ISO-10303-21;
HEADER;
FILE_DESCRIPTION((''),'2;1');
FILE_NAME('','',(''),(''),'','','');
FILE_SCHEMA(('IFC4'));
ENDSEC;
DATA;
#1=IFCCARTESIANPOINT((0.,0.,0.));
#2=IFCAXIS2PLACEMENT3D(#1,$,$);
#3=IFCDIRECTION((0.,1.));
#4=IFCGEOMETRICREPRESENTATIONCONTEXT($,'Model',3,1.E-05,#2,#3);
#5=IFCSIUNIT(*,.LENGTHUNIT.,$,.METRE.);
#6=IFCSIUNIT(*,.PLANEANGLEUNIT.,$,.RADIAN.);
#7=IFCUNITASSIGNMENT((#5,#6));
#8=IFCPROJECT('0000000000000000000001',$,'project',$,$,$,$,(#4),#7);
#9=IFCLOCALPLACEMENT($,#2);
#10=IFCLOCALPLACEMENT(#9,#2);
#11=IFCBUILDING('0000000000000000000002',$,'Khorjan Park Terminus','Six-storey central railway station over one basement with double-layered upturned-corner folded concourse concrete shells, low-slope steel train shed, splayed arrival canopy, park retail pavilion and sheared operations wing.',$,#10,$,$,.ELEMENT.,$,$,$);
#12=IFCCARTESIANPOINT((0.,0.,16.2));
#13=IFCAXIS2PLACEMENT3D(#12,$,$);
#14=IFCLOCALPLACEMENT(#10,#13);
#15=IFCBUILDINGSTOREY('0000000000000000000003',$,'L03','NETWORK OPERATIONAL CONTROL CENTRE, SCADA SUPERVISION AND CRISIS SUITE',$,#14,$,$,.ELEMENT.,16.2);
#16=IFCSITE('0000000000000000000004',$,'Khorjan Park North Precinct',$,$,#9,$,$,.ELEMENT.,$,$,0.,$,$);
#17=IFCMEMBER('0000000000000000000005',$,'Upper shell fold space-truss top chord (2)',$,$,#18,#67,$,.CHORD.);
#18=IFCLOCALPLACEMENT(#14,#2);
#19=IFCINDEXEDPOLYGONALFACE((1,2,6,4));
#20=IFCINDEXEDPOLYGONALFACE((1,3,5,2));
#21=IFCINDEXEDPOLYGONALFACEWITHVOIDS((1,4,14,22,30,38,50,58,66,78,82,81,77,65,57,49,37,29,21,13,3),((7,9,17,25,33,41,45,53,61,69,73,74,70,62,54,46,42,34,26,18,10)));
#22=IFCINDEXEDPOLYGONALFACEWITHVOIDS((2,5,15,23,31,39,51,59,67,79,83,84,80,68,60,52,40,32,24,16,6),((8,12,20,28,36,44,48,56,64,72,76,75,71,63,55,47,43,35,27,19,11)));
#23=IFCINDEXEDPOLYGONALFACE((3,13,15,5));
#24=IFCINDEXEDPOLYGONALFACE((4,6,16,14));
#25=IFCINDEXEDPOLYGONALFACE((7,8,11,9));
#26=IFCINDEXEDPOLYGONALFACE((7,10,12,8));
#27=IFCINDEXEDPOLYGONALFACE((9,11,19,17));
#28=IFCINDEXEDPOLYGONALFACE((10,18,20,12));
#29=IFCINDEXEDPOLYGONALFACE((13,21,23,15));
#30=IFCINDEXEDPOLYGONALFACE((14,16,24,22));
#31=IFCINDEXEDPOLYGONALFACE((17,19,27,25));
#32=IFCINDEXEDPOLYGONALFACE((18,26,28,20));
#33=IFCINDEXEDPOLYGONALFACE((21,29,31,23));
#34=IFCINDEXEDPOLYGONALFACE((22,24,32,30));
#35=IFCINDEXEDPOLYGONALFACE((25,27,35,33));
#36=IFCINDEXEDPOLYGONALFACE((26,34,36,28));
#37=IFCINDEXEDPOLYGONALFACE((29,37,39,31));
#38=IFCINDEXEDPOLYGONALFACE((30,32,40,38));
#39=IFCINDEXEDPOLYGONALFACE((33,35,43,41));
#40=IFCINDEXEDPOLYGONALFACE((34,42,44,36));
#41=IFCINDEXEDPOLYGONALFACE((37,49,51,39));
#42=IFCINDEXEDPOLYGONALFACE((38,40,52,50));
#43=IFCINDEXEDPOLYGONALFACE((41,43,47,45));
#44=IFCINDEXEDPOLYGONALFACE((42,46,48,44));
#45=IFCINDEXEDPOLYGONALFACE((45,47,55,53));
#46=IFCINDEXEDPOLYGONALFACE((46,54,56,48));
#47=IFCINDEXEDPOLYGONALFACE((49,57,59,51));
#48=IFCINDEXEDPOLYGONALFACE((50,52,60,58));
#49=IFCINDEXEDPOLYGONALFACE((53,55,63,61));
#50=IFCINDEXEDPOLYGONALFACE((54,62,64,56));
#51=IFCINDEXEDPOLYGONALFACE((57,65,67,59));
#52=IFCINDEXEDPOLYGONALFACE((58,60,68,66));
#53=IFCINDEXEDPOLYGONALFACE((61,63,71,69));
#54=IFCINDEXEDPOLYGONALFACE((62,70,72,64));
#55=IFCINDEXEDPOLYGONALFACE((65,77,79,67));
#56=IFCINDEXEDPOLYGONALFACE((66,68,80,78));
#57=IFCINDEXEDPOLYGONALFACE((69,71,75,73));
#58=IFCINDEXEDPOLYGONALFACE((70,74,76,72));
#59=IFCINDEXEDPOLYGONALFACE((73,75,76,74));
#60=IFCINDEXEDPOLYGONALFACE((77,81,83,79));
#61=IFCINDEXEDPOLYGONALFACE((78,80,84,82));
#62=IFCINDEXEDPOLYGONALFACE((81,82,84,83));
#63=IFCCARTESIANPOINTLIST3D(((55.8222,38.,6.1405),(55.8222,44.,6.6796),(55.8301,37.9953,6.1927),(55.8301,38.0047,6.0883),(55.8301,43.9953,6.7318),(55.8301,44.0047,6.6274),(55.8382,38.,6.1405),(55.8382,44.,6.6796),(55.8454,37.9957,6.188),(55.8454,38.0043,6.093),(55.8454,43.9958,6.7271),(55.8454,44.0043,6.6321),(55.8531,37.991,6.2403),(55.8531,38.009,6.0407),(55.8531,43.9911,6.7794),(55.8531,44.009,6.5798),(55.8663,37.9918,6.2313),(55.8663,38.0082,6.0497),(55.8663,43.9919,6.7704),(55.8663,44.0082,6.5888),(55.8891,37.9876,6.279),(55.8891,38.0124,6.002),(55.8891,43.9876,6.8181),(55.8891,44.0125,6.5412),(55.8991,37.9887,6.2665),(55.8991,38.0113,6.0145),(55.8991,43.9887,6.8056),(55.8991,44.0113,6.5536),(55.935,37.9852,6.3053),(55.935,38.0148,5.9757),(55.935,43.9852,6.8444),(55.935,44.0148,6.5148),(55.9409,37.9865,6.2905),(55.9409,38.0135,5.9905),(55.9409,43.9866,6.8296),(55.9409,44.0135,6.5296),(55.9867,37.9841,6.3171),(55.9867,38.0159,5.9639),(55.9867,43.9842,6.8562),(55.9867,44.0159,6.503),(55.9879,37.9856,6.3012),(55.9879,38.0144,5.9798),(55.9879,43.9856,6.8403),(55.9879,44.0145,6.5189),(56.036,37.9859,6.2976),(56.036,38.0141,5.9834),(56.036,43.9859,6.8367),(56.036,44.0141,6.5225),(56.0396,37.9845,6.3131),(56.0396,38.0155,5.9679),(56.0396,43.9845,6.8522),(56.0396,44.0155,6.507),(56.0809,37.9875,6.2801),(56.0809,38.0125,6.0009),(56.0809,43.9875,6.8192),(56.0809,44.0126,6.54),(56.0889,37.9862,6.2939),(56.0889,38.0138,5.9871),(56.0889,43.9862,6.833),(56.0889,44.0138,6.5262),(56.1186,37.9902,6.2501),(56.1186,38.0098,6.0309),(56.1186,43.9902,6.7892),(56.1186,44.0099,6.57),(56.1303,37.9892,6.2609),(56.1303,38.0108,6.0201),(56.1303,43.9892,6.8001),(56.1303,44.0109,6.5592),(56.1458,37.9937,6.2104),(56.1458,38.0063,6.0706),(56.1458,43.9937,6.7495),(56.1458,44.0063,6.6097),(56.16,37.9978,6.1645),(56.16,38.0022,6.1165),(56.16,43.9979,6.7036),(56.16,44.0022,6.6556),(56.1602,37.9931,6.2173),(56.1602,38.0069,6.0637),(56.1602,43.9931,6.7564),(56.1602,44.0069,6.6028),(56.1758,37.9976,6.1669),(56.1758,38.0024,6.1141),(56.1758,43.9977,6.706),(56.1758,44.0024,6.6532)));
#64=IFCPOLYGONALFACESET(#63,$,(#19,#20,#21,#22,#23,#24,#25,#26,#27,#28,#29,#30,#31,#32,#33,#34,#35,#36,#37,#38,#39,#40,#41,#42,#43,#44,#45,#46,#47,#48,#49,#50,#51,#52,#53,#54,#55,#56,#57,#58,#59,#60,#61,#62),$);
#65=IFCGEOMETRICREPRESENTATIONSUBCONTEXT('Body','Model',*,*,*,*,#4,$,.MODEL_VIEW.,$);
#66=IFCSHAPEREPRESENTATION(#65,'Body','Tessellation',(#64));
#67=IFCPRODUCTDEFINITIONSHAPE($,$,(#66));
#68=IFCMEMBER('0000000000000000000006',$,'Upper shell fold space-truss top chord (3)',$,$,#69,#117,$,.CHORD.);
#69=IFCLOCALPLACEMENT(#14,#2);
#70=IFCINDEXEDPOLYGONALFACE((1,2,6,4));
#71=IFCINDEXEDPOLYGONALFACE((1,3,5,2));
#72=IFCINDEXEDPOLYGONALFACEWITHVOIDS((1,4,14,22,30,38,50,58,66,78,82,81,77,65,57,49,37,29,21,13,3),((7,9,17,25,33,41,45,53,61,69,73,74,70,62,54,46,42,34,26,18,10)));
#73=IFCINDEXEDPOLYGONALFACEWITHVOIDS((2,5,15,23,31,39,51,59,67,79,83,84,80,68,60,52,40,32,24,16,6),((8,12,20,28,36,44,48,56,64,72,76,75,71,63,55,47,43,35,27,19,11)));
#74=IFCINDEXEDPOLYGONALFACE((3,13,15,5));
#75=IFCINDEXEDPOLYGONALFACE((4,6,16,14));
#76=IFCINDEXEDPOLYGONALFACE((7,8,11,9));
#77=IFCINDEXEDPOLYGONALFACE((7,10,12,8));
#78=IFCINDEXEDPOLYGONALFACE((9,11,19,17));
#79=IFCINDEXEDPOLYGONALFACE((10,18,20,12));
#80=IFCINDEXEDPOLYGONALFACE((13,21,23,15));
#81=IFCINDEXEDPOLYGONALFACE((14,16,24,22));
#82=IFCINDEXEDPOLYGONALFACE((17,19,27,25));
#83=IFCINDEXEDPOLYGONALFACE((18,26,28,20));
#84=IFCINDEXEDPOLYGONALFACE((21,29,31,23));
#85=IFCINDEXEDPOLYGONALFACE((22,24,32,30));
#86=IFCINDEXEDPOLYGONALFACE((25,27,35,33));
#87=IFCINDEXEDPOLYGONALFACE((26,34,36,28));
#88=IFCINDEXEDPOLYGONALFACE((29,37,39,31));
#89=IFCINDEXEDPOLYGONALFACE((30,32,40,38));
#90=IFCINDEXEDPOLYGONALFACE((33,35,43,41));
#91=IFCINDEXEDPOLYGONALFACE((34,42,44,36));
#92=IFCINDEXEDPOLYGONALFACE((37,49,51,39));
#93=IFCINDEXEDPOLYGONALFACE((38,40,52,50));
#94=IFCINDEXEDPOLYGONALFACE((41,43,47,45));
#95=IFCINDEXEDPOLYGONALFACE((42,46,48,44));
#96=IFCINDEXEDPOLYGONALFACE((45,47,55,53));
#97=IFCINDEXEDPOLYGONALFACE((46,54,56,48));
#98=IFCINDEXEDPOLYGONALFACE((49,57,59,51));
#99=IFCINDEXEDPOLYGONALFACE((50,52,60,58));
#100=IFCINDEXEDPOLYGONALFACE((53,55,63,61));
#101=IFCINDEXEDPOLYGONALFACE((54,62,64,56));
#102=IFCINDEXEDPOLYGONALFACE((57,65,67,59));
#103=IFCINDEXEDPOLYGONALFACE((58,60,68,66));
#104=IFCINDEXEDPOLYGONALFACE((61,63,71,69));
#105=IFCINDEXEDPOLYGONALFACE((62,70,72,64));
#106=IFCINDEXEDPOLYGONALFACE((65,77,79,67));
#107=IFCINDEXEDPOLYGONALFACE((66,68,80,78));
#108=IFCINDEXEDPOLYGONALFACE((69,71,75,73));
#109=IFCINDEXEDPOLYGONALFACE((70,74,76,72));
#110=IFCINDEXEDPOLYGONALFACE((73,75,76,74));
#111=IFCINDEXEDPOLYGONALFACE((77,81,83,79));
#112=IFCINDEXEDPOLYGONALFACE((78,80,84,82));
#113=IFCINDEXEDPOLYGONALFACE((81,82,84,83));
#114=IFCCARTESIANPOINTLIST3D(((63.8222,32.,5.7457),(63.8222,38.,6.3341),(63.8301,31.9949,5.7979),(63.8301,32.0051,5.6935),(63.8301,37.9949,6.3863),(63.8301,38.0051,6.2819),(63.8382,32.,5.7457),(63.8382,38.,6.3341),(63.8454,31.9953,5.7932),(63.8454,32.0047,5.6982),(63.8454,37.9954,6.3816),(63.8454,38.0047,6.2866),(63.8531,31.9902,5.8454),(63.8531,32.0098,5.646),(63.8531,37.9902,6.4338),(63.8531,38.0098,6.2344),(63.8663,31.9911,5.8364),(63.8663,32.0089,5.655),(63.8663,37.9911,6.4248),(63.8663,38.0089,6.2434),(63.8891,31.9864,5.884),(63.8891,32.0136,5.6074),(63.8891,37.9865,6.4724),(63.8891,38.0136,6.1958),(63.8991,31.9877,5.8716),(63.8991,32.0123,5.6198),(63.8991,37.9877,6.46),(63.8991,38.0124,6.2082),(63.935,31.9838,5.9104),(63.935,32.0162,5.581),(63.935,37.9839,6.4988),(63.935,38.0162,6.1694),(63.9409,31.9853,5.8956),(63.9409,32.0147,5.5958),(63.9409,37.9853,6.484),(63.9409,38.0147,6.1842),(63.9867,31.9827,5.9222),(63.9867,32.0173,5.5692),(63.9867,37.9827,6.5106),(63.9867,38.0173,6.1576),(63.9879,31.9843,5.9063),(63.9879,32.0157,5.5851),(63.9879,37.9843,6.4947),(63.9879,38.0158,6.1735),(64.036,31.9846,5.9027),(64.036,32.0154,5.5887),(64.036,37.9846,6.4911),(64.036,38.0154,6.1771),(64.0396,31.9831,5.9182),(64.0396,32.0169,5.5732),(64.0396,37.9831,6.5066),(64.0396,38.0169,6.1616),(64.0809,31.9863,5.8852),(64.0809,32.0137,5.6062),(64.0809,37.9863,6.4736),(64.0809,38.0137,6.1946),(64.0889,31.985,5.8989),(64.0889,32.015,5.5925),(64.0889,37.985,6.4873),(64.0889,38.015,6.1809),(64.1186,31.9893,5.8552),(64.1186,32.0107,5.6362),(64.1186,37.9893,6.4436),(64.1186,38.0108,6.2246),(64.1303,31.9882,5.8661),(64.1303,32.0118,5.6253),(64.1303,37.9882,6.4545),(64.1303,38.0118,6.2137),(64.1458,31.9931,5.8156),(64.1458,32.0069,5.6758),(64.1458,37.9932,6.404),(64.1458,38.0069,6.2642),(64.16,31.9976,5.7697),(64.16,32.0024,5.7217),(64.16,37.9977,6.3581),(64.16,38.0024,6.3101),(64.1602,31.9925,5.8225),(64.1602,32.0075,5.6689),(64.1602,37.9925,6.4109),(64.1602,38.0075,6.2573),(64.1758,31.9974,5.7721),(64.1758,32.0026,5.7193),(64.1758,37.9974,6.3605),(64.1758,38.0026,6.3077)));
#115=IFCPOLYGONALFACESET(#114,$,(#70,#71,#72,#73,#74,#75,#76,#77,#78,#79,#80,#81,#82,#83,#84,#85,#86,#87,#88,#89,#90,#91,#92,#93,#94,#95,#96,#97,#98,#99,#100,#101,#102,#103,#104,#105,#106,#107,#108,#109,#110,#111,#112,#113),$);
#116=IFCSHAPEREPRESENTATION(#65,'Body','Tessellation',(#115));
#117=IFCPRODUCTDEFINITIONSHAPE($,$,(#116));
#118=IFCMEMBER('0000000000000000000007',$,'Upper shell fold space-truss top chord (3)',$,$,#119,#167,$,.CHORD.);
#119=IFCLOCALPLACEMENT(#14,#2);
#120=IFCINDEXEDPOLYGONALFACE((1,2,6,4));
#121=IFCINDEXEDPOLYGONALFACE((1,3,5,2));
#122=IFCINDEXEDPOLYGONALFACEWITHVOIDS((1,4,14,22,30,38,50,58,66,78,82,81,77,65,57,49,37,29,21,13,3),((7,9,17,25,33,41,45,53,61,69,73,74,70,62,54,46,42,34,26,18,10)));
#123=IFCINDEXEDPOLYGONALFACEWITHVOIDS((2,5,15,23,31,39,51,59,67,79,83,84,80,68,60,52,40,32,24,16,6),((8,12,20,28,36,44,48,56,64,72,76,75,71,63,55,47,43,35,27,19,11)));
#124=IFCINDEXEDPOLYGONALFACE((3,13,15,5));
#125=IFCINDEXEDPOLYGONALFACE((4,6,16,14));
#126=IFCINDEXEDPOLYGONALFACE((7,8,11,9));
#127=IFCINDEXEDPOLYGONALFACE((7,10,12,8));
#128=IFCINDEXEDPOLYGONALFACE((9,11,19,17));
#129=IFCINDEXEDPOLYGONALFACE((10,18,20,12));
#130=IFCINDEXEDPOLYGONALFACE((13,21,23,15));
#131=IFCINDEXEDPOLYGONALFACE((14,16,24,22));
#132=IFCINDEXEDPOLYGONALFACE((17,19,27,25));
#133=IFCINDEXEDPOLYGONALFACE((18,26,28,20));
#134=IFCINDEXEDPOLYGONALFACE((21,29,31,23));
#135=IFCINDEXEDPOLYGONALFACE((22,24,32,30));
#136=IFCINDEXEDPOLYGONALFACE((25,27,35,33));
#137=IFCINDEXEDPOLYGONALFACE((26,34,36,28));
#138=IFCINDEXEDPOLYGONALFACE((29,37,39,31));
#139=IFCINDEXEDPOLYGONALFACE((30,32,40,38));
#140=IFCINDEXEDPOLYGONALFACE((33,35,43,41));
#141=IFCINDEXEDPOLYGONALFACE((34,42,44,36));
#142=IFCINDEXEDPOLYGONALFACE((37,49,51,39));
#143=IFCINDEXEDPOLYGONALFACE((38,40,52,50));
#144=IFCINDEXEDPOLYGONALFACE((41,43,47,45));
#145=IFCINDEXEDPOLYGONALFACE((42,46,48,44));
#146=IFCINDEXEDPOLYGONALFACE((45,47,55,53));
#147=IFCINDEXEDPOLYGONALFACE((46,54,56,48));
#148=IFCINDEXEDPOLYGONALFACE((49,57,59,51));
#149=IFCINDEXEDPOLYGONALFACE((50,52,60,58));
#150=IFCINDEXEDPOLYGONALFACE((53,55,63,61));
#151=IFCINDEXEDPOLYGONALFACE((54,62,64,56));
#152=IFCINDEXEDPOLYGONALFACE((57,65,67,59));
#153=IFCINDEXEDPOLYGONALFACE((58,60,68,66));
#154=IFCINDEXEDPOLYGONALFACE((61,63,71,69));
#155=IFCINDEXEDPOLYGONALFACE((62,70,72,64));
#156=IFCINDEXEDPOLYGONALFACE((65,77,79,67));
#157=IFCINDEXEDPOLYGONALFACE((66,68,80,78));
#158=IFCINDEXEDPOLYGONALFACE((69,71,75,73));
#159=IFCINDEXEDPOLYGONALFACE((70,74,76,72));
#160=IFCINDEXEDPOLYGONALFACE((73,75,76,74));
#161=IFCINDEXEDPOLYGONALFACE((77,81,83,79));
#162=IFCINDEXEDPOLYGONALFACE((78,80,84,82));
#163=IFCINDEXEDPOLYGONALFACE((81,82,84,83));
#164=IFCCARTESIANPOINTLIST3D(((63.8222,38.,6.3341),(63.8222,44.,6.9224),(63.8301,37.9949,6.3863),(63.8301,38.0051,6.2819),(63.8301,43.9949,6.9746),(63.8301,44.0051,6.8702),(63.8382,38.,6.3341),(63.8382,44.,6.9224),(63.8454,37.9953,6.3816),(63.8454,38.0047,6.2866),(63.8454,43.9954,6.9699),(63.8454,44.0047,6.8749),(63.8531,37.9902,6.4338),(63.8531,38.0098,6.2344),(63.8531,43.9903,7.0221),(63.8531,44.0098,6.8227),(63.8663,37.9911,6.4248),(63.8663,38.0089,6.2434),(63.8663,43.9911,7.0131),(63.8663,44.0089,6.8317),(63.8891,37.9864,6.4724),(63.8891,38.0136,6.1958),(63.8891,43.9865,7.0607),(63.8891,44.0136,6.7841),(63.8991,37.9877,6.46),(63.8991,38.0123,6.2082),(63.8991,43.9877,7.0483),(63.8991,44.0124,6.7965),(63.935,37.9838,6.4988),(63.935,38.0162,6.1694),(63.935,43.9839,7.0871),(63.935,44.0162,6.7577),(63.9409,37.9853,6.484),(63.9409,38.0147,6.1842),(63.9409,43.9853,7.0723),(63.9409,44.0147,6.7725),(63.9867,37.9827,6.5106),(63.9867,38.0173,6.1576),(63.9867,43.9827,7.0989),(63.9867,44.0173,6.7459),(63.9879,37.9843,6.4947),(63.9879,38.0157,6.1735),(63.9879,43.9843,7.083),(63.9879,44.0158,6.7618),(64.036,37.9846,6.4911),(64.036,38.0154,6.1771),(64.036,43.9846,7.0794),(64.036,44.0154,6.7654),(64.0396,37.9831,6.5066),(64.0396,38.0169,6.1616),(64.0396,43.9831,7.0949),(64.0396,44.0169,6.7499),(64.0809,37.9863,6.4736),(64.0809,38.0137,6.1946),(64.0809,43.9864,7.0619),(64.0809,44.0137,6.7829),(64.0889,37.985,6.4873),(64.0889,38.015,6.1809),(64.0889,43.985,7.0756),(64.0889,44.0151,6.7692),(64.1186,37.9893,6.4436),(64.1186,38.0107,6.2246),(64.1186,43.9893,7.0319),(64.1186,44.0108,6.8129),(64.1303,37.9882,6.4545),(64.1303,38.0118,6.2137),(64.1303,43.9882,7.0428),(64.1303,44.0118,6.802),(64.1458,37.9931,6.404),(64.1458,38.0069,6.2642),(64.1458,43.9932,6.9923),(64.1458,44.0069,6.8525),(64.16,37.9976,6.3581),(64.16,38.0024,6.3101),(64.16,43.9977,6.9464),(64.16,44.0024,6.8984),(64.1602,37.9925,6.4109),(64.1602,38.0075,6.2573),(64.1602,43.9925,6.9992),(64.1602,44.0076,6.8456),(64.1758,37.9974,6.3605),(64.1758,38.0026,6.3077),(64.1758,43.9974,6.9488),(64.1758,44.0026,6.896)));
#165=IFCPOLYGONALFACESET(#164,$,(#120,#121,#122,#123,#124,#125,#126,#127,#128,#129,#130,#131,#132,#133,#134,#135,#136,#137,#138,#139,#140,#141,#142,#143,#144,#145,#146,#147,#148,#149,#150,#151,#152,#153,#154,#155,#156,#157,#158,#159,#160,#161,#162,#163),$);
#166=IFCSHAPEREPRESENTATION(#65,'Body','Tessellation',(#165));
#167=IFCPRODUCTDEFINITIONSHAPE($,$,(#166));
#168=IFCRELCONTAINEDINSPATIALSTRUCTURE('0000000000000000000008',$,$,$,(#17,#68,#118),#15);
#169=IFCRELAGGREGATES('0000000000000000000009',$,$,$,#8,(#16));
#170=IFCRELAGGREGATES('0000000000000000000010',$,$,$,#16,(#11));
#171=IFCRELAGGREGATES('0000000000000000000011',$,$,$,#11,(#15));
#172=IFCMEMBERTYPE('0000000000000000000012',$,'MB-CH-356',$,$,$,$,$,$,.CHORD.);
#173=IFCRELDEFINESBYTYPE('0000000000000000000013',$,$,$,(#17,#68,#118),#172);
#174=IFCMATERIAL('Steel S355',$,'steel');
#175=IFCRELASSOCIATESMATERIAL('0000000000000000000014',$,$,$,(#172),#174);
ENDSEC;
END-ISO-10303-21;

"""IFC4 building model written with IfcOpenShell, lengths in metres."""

from ifc_helpers import new_model, si_unit, direction, frame, origin, origin_2d, place, context, subcontext, project, spatial, hollow_circle, extrude, material, material_profile, profile_set, type_object, element, save


model = new_model("IFC4")

# Units and contexts
model_context = context("Model", 3, precision=1e-05, world=origin(), true_north=direction((0.0, 1.0)))
body_context = subcontext(model_context, "Body", "Model", "MODEL_VIEW")
ifc_project = project(units=[si_unit("LENGTHUNIT", "METRE"), si_unit("PLANEANGLEUNIT", "RADIAN")], contexts=[model_context])

# Site, building, storey
site_placement = place(None, origin())
site = spatial("IfcSite", under=ifc_project, at=site_placement, Name="Khorjan Park North Precinct", CompositionType="ELEMENT", RefElevation=0.0)
building_placement = place(site_placement, origin())
building = spatial("IfcBuilding", under=site, at=building_placement, Name="Khorjan Park Terminus", Description="Six-storey central railway station over one basement with double-layered upturned-corner folded concourse concrete shells, low-slope steel train shed, splayed arrival canopy, park retail pavilion and sheared operations wing.", CompositionType="ELEMENT")
storey_placement = place(building_placement, frame((0.0, 0.0, 16.2)))
storey = spatial("IfcBuildingStorey", under=building, at=storey_placement, Name="L03", Description="NETWORK OPERATIONAL CONTROL CENTRE, SCADA SUPERVISION AND CRISIS SUITE", CompositionType="ELEMENT", Elevation=16.2)

# Members
ifc_material = material(Name="Steel S355", Category="steel")
ifc_material_profile_1 = material_profile(ifc_material, hollow_circle(Radius=0.1778, WallThickness=0.016, at=origin_2d()), Name="CHS 355.6x16")
ifc_profile_set_1 = profile_set([ifc_material_profile_1], Name="Steel S355")
member_type_1 = type_object("IfcMemberType", Name="MB-CH-356", PredefinedType="CHORD", material=ifc_profile_set_1)
member_1_placement = place(storey_placement, frame((56.0, 38.0, 6.1405), z_axis=(0.0, 0.995988, 0.08949), x_axis=(-1.0, 0.0, 0.0)))
element("IfcMember", 1, at=member_1_placement, inside=storey, type_object=member_type_1, Name="Upper shell fold space-truss top chord (2)", PredefinedType="CHORD", context=body_context, shape_type="SweptSolid", body=[
    extrude(hollow_circle(Radius=0.1778, WallThickness=0.016, at=origin_2d()), origin(), (0.0, 0.0, 1.0), 6.0242),
])
for number, where, z_axis, x_axis, name in (
    (2, (64.0, 32.0, 5.7457), (0.0, 0.995226, 0.097598), (-1.0, 0.0, 0.0), "Upper shell fold space-truss top chord (3)"),
    (3, (64.0, 38.0, 6.3341), (0.0, 0.995227, 0.097582), (-1.0, 0.0, 0.0), "Upper shell fold space-truss top chord (3)"),
):
    element("IfcMember", number, at=place(storey_placement, frame(where, z_axis=z_axis, x_axis=x_axis)), inside=storey, type_object=member_type_1, Name=name, PredefinedType="CHORD", context=body_context, shape_type="SweptSolid", body=[
        extrude(hollow_circle(Radius=0.1778, WallThickness=0.016, at=origin_2d()), origin(), (0.0, 0.0, 1.0), 6.0288),
    ])

save(model, "model.ifc")
